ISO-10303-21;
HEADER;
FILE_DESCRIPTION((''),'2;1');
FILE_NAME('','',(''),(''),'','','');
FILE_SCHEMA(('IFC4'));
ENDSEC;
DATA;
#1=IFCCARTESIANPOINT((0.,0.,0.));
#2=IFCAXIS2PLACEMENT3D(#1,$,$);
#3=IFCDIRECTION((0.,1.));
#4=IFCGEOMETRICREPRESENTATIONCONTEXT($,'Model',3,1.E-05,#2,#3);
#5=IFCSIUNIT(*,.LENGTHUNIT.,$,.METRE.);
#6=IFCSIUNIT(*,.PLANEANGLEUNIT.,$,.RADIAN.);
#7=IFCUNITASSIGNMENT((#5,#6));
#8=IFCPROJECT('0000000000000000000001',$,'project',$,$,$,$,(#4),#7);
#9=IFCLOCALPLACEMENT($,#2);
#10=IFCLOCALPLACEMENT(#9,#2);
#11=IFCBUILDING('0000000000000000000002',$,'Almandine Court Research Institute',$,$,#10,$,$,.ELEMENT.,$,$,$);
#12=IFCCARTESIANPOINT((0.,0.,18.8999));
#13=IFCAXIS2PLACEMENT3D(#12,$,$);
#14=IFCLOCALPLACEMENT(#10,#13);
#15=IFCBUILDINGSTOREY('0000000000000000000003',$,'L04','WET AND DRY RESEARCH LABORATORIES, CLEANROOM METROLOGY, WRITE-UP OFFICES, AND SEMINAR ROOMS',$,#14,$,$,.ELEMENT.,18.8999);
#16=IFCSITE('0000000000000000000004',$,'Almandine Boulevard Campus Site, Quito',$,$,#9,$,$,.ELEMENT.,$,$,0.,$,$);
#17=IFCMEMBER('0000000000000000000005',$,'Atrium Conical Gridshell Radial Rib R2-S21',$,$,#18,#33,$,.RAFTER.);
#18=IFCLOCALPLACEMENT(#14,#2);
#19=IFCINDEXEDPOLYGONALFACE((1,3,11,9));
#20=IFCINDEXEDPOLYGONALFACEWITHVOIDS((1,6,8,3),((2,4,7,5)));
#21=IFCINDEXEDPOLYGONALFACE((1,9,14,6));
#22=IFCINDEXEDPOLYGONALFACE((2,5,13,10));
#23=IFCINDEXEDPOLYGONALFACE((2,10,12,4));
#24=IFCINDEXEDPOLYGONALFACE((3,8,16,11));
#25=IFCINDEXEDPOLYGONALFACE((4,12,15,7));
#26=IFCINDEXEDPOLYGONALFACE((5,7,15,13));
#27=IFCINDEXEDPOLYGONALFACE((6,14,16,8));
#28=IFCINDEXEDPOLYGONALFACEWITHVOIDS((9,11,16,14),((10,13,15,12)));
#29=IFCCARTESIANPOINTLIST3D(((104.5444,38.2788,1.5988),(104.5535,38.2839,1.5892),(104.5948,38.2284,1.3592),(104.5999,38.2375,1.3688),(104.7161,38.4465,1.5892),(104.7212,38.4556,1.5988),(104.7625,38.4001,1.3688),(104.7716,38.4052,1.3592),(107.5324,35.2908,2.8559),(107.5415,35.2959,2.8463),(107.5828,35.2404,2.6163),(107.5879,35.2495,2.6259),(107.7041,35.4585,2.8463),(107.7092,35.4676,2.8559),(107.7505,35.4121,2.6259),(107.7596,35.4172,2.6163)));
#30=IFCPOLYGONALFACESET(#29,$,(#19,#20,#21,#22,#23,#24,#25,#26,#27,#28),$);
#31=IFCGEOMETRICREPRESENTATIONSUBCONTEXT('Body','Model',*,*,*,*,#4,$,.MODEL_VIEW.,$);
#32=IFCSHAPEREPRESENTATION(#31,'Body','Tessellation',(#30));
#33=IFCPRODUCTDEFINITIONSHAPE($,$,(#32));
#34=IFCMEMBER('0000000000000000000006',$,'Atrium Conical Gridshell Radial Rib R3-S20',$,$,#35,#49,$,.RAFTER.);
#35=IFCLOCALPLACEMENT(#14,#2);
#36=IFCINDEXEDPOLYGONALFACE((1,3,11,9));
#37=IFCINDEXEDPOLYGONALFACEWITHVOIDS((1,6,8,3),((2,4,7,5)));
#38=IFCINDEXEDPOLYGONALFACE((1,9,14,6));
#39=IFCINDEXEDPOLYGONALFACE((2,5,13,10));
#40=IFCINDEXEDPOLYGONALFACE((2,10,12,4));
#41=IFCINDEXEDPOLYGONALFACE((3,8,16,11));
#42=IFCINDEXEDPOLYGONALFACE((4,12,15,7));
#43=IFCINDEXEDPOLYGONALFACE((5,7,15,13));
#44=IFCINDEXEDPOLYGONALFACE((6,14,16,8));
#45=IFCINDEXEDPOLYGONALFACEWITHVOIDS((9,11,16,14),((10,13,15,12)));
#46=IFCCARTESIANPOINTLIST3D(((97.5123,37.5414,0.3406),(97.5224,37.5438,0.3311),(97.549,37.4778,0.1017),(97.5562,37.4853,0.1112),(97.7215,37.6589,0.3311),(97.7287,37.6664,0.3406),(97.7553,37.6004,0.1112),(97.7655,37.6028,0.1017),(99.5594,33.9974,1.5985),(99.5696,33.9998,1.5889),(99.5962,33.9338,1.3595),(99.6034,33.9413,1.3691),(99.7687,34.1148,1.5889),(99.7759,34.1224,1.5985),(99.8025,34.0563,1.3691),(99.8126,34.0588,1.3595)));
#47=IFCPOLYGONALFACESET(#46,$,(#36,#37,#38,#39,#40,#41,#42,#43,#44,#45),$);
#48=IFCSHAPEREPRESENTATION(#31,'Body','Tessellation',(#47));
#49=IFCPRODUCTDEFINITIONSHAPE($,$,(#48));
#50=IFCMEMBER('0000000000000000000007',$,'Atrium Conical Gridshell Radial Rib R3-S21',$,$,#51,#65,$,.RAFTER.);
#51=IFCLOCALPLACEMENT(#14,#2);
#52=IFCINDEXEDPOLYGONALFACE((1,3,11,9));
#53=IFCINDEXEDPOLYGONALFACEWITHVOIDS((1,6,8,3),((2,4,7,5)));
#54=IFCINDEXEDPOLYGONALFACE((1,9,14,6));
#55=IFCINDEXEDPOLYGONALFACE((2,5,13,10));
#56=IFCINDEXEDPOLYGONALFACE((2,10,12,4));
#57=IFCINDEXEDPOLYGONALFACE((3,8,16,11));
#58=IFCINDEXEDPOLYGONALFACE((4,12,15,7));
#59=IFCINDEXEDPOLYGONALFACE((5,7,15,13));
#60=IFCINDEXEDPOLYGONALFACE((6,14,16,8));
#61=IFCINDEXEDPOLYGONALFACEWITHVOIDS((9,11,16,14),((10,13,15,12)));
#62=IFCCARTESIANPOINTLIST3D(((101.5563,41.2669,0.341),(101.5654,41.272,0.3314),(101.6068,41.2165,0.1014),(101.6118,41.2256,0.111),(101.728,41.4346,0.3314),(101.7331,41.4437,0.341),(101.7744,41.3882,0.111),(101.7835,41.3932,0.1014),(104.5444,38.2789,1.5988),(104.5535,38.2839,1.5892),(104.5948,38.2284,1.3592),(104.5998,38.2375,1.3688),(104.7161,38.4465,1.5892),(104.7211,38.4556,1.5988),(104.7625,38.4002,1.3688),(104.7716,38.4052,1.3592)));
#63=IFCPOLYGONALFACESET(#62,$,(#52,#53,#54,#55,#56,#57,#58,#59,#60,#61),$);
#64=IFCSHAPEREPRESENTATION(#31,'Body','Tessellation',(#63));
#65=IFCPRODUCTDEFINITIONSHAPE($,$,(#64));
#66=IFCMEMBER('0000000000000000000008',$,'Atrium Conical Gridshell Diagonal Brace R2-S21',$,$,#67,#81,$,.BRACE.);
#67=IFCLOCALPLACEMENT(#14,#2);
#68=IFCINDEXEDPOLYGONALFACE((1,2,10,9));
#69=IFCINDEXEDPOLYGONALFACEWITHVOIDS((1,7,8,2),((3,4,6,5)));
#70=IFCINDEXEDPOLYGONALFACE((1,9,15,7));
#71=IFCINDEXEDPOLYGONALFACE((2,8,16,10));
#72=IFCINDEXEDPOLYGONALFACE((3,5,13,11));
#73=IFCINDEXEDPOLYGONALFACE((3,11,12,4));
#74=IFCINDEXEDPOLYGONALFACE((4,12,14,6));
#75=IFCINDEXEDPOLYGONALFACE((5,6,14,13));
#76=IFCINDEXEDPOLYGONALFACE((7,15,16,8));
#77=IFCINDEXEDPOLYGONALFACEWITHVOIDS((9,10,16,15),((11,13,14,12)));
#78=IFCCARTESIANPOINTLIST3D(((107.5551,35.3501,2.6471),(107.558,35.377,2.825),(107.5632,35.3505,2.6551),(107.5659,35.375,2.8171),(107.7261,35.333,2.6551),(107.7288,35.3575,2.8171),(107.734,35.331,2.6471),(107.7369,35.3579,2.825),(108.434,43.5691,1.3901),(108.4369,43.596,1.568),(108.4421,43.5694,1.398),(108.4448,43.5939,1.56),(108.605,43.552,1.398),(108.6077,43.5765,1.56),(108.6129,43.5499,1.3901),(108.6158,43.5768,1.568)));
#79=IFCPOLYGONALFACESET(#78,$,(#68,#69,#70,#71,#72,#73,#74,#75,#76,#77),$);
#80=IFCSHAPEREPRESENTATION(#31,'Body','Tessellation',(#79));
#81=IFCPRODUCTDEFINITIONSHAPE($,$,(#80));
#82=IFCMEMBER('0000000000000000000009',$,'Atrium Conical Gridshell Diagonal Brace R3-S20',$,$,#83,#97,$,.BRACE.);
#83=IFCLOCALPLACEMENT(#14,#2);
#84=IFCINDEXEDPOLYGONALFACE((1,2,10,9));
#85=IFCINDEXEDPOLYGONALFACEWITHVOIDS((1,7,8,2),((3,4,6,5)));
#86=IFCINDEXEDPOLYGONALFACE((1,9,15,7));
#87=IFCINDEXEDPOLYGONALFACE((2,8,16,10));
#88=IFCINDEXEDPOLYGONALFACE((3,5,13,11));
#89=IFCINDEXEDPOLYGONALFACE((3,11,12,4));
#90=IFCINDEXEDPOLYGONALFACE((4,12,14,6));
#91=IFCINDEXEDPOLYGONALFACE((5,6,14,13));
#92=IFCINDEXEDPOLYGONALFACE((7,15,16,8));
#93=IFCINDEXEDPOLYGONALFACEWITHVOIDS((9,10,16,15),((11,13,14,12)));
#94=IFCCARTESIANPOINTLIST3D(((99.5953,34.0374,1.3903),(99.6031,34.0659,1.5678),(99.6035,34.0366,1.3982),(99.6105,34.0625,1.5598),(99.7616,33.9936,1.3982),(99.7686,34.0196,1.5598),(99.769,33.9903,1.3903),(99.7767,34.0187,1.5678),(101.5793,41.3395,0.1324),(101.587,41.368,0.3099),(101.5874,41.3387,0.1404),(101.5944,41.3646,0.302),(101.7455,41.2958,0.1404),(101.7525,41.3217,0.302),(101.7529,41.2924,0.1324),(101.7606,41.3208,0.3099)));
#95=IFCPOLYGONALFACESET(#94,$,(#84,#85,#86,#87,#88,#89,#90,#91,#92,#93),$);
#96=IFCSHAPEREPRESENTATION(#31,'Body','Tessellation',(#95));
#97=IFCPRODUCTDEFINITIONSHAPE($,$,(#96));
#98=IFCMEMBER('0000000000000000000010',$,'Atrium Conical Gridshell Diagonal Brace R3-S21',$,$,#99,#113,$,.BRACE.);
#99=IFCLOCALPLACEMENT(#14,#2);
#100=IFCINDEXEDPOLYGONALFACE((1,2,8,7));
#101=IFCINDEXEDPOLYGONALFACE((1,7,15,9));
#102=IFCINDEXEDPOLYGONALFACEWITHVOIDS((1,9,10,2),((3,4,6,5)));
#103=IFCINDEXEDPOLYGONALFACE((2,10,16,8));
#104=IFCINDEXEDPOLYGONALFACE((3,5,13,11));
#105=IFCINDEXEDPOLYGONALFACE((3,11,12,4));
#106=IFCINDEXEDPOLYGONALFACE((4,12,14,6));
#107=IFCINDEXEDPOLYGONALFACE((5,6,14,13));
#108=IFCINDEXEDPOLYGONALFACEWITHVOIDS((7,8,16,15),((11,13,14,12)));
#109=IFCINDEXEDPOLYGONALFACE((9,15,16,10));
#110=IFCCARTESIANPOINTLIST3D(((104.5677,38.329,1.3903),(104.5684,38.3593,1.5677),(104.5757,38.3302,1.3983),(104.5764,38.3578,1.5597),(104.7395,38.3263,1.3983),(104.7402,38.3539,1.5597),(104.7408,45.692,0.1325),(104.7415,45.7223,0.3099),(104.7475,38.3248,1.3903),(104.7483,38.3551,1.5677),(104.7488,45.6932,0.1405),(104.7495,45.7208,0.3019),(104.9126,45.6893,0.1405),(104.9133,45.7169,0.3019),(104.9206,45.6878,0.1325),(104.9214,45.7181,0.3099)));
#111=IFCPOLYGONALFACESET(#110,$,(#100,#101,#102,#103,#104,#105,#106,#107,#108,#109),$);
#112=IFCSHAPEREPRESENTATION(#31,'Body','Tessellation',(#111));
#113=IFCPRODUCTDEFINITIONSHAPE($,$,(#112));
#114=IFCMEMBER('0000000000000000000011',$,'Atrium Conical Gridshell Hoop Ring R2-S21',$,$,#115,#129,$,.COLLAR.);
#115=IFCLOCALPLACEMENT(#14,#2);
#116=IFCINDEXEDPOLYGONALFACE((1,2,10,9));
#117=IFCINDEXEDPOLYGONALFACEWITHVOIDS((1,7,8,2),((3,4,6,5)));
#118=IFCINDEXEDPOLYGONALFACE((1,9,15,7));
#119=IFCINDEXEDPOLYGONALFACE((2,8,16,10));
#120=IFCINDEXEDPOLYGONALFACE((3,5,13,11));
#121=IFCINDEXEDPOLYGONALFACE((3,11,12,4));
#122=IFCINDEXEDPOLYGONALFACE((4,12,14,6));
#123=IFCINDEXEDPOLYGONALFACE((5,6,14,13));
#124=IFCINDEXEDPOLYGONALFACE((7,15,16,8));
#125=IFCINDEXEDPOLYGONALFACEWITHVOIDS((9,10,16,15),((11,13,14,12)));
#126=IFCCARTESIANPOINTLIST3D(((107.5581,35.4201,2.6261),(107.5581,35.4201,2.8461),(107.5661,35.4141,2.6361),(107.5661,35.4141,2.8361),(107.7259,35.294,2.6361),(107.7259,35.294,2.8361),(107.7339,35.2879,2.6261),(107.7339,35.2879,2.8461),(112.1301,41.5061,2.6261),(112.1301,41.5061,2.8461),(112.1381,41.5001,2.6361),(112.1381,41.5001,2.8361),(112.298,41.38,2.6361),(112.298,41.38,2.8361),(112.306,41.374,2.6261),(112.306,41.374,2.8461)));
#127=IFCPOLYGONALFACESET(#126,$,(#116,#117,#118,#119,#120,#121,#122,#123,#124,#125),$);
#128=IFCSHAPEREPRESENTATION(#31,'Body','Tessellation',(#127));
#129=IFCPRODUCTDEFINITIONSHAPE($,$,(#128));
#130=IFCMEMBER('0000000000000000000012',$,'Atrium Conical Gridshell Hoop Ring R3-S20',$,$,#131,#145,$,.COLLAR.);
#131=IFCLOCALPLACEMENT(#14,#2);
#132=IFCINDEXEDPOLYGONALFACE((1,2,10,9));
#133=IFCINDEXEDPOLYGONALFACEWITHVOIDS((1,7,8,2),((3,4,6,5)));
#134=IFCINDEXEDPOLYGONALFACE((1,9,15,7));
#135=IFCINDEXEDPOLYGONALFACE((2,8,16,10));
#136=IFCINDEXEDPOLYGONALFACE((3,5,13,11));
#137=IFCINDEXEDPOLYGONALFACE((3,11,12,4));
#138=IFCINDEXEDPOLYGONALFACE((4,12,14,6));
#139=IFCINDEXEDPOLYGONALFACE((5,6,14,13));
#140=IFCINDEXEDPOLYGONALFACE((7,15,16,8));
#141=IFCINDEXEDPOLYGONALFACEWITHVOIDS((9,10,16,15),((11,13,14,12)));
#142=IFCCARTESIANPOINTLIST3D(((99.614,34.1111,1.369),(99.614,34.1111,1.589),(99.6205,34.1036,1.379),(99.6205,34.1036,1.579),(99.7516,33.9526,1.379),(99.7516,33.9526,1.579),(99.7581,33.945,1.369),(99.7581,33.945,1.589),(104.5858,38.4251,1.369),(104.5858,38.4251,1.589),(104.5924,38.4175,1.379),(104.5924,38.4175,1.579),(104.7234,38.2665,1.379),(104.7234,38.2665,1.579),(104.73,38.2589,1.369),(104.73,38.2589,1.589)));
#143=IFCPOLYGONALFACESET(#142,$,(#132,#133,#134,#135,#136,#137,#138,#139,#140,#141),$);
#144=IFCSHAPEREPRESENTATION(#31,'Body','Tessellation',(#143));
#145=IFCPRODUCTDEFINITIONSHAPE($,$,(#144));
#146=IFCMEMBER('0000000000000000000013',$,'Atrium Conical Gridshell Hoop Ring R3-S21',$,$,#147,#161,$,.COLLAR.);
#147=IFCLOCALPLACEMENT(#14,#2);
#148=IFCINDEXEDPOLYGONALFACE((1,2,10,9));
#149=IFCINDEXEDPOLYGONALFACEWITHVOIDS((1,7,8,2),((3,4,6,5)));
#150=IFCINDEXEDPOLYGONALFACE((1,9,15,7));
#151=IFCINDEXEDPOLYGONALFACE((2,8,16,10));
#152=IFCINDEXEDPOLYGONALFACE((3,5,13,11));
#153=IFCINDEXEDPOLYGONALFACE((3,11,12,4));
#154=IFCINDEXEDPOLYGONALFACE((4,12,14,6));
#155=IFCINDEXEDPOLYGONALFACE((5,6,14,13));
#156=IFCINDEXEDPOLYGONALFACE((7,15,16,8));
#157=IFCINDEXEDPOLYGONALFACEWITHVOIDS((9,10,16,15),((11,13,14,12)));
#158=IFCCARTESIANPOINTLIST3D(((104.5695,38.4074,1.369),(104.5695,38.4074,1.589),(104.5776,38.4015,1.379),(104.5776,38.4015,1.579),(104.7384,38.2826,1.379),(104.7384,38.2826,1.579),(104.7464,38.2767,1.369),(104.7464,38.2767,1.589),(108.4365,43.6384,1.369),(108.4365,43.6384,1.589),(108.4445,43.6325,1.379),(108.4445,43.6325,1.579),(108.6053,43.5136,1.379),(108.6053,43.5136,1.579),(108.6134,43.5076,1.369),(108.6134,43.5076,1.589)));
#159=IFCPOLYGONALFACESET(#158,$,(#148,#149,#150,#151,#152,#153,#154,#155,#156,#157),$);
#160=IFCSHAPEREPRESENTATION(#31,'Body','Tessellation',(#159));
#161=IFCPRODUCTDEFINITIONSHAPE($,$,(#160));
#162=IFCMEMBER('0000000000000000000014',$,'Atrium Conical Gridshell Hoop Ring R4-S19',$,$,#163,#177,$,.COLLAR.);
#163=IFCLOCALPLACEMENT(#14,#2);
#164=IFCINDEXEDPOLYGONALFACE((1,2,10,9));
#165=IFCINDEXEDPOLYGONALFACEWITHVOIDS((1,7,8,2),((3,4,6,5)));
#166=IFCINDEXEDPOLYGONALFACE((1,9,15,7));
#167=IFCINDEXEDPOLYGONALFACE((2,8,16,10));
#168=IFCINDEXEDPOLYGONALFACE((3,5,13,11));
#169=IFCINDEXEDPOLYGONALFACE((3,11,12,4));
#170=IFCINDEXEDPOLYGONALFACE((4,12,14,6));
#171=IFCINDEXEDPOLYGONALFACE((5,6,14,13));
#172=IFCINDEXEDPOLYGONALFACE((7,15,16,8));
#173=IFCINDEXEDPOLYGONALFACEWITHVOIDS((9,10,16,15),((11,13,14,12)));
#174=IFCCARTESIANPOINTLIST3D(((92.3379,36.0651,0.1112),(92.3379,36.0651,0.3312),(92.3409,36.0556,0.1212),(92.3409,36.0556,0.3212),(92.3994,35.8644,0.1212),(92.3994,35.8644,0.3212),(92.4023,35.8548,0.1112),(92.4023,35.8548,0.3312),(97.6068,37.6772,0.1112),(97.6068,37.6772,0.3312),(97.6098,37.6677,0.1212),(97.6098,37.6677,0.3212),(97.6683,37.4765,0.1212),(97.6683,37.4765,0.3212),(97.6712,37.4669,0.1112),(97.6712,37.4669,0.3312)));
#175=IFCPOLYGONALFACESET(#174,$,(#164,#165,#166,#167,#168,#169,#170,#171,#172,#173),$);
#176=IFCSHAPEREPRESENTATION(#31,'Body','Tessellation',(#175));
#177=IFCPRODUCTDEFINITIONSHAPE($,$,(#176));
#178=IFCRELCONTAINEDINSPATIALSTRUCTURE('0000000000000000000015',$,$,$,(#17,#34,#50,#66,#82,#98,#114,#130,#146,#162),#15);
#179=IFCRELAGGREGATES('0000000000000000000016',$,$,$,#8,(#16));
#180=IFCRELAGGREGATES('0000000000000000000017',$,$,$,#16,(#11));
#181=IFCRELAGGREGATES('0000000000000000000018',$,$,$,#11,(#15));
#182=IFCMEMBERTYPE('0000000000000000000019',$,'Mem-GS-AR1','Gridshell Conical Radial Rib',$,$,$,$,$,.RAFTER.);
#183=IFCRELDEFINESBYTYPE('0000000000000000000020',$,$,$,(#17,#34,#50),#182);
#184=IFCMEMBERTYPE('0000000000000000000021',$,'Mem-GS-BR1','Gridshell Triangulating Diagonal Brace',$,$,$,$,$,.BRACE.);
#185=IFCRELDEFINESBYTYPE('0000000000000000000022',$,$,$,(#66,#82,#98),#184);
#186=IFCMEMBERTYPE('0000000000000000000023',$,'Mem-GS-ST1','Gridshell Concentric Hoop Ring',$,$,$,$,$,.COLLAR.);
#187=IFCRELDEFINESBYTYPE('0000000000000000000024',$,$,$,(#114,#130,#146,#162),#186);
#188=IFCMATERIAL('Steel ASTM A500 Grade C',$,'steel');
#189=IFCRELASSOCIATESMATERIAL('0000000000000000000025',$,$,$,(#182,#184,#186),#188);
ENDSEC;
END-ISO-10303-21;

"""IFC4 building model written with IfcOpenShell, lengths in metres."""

from ifc_helpers import new_model, si_unit, direction, frame, origin, origin_2d, place, context, subcontext, project, spatial, hollow_rectangle, extrude, material, material_profile, profile_set, type_object, element, save


model = new_model("IFC4")

# Units and contexts
model_context = context("Model", 3, precision=1e-05, world=origin(), true_north=direction((0.0, 1.0)))
body_context = subcontext(model_context, "Body", "Model", "MODEL_VIEW")
ifc_project = project(units=[si_unit("LENGTHUNIT", "METRE"), si_unit("PLANEANGLEUNIT", "RADIAN")], contexts=[model_context])

# Site, building, storey
site_placement = place(None, origin())
site = spatial("IfcSite", under=ifc_project, at=site_placement, Name="Almandine Boulevard Campus Site, Quito", CompositionType="ELEMENT", RefElevation=0.0)
building_placement = place(site_placement, origin())
building = spatial("IfcBuilding", under=site, at=building_placement, Name="Almandine Court Research Institute", CompositionType="ELEMENT")
storey_placement = place(building_placement, frame((0.0, 0.0, 18.8999)))
storey = spatial("IfcBuildingStorey", under=building, at=storey_placement, Name="L04", Description="WET AND DRY RESEARCH LABORATORIES, CLEANROOM METROLOGY, WRITE-UP OFFICES, AND SEMINAR ROOMS", CompositionType="ELEMENT", Elevation=18.8999)

# Members
ifc_material_1 = material(Name="Steel ASTM A500 Grade C", Category="steel")
ifc_material_profile_1 = material_profile(ifc_material_1, hollow_rectangle(XDim=0.25, YDim=0.25, WallThickness=0.01, at=origin_2d()), Name="HSS 250x250x10")
ifc_profile_set_1 = profile_set([ifc_material_profile_1], Name="Steel ASTM A500 Grade C")
member_type_1 = type_object("IfcMemberType", Name="Mem-GS-AR1", Description="Gridshell Conical Radial Rib", PredefinedType="RAFTER", material=ifc_profile_set_1)
member_1_placement = place(storey_placement, frame((107.646, 35.354, 2.7361), z_axis=(-0.677753, 0.677753, -0.285134), x_axis=(-0.707107, -0.707107, 0.0)))
element("IfcMember", 1, at=member_1_placement, inside=storey, type_object=member_type_1, Name="Atrium Conical Gridshell Radial Rib R2-S21", PredefinedType="RAFTER", context=body_context, shape_type="SweptSolid", body=[
    extrude(hollow_rectangle(XDim=0.25, YDim=0.25, WallThickness=0.01, at=origin_2d()), origin(), (0.0, 0.0, 1.0), 4.4087),
])
member_2_placement = place(storey_placement, frame((99.686, 34.0281, 1.479), z_axis=(-0.478117, 0.82771, -0.29377), x_axis=(-0.865917, -0.500187, 0.0)))
element("IfcMember", 2, at=member_2_placement, inside=storey, type_object=member_type_1, Name="Atrium Conical Gridshell Radial Rib R3-S20", PredefinedType="RAFTER", context=body_context, shape_type="SweptSolid", body=[
    extrude(hollow_rectangle(XDim=0.25, YDim=0.25, WallThickness=0.01, at=origin_2d()), origin(), (0.0, 0.0, 1.0), 4.2817),
])
member_3_placement = place(storey_placement, frame((104.658, 38.342, 1.479), z_axis=(-0.677721, 0.677721, -0.285286), x_axis=(-0.707107, -0.707107, 0.0)))
element("IfcMember", 3, at=member_3_placement, inside=storey, type_object=member_type_1, Name="Atrium Conical Gridshell Radial Rib R3-S21", PredefinedType="RAFTER", context=body_context, shape_type="SweptSolid", body=[
    extrude(hollow_rectangle(XDim=0.25, YDim=0.25, WallThickness=0.01, at=origin_2d()), origin(), (0.0, 0.0, 1.0), 4.4089),
])
ifc_material_profile_2 = material_profile(ifc_material_1, hollow_rectangle(XDim=0.1799, YDim=0.1799, WallThickness=0.0081, at=origin_2d()), Name="HSS 180x180x8")
ifc_profile_set_2 = profile_set([ifc_material_profile_2], Name="Steel ASTM A500 Grade C")
member_type_2 = type_object("IfcMemberType", Name="Mem-GS-BR1", Description="Gridshell Triangulating Diagonal Brace", PredefinedType="BRACE", material=ifc_profile_set_2)
member_4_placement = place(storey_placement, frame((107.646, 35.354, 2.7361), z_axis=(0.105121, 0.983028, -0.150352), x_axis=(-0.994331, 0.10633, 0.0)))
element("IfcMember", 4, at=member_4_placement, inside=storey, type_object=member_type_2, Name="Atrium Conical Gridshell Diagonal Brace R2-S21", PredefinedType="BRACE", context=body_context, shape_type="SweptSolid", body=[
    extrude(hollow_rectangle(XDim=0.1799, YDim=0.1799, WallThickness=0.0081, at=origin_2d()), origin(), (0.0, 0.0, 1.0), 8.3608),
])
member_5_placement = place(storey_placement, frame((99.686, 34.0281, 1.479), z_axis=(0.258637, 0.951955, -0.16398), x_axis=(-0.965017, 0.262186, 0.0)))
element("IfcMember", 5, at=member_5_placement, inside=storey, type_object=member_type_2, Name="Atrium Conical Gridshell Diagonal Brace R3-S20", PredefinedType="BRACE", context=body_context, shape_type="SweptSolid", body=[
    extrude(hollow_rectangle(XDim=0.1799, YDim=0.1799, WallThickness=0.0081, at=origin_2d()), origin(), (0.0, 0.0, 1.0), 7.6707),
])
member_6_placement = place(storey_placement, frame((104.658, 38.342, 1.479), z_axis=(0.023167, 0.985456, -0.168343), x_axis=(-0.999724, 0.023502, 0.0)))
element("IfcMember", 6, at=member_6_placement, inside=storey, type_object=member_type_2, Name="Atrium Conical Gridshell Diagonal Brace R3-S21", PredefinedType="BRACE", context=body_context, shape_type="SweptSolid", body=[
    extrude(hollow_rectangle(XDim=0.1799, YDim=0.1799, WallThickness=0.0081, at=origin_2d()), origin(), (0.0, 0.0, 1.0), 7.4717),
])
ifc_material_profile_3 = material_profile(ifc_material_1, hollow_rectangle(XDim=0.22, YDim=0.22, WallThickness=0.01, at=origin_2d()), Name="HSS 220x220x10")
ifc_profile_set_3 = profile_set([ifc_material_profile_3], Name="Steel ASTM A500 Grade C")
member_type_3 = type_object("IfcMemberType", Name="Mem-GS-ST1", Description="Gridshell Concentric Hoop Ring", PredefinedType="COLLAR", material=ifc_profile_set_3)
member_7_placement = place(storey_placement, frame((107.646, 35.354, 2.7361), z_axis=(0.600636, 0.799522, 0.0), x_axis=(-0.799522, 0.600636, 0.0)))
element("IfcMember", 7, at=member_7_placement, inside=storey, type_object=member_type_3, Name="Atrium Conical Gridshell Hoop Ring R2-S21", PredefinedType="COLLAR", context=body_context, shape_type="SweptSolid", body=[
    extrude(hollow_rectangle(XDim=0.22, YDim=0.22, WallThickness=0.01, at=origin_2d()), origin(), (0.0, 0.0, 1.0), 7.6121),
])
member_8_placement = place(storey_placement, frame((99.686, 34.0281, 1.479), z_axis=(0.755316, 0.655361, 0.0), x_axis=(-0.655361, 0.755316, 0.0)))
element("IfcMember", 8, at=member_8_placement, inside=storey, type_object=member_type_3, Name="Atrium Conical Gridshell Hoop Ring R3-S20", PredefinedType="COLLAR", context=body_context, shape_type="SweptSolid", body=[
    extrude(hollow_rectangle(XDim=0.22, YDim=0.22, WallThickness=0.01, at=origin_2d()), origin(), (0.0, 0.0, 1.0), 6.5825),
])
member_9_placement = place(storey_placement, frame((104.658, 38.342, 1.479), z_axis=(0.594449, 0.804133, 0.0), x_axis=(-0.804133, 0.594449, 0.0)))
element("IfcMember", 9, at=member_9_placement, inside=storey, type_object=member_type_3, Name="Atrium Conical Gridshell Hoop Ring R3-S21", PredefinedType="COLLAR", context=body_context, shape_type="SweptSolid", body=[
    extrude(hollow_rectangle(XDim=0.22, YDim=0.22, WallThickness=0.01, at=origin_2d()), origin(), (0.0, 0.0, 1.0), 6.5051),
])
member_10_placement = place(storey_placement, frame((92.3701, 35.96, 0.2212), z_axis=(0.956242, 0.292575, 0.0), x_axis=(-0.292575, 0.956242, 0.0)))
element("IfcMember", 10, at=member_10_placement, inside=storey, type_object=member_type_3, Name="Atrium Conical Gridshell Hoop Ring R4-S19", PredefinedType="COLLAR", context=body_context, shape_type="SweptSolid", body=[
    extrude(hollow_rectangle(XDim=0.22, YDim=0.22, WallThickness=0.01, at=origin_2d()), origin(), (0.0, 0.0, 1.0), 5.51),
])

save(model, "model.ifc")
